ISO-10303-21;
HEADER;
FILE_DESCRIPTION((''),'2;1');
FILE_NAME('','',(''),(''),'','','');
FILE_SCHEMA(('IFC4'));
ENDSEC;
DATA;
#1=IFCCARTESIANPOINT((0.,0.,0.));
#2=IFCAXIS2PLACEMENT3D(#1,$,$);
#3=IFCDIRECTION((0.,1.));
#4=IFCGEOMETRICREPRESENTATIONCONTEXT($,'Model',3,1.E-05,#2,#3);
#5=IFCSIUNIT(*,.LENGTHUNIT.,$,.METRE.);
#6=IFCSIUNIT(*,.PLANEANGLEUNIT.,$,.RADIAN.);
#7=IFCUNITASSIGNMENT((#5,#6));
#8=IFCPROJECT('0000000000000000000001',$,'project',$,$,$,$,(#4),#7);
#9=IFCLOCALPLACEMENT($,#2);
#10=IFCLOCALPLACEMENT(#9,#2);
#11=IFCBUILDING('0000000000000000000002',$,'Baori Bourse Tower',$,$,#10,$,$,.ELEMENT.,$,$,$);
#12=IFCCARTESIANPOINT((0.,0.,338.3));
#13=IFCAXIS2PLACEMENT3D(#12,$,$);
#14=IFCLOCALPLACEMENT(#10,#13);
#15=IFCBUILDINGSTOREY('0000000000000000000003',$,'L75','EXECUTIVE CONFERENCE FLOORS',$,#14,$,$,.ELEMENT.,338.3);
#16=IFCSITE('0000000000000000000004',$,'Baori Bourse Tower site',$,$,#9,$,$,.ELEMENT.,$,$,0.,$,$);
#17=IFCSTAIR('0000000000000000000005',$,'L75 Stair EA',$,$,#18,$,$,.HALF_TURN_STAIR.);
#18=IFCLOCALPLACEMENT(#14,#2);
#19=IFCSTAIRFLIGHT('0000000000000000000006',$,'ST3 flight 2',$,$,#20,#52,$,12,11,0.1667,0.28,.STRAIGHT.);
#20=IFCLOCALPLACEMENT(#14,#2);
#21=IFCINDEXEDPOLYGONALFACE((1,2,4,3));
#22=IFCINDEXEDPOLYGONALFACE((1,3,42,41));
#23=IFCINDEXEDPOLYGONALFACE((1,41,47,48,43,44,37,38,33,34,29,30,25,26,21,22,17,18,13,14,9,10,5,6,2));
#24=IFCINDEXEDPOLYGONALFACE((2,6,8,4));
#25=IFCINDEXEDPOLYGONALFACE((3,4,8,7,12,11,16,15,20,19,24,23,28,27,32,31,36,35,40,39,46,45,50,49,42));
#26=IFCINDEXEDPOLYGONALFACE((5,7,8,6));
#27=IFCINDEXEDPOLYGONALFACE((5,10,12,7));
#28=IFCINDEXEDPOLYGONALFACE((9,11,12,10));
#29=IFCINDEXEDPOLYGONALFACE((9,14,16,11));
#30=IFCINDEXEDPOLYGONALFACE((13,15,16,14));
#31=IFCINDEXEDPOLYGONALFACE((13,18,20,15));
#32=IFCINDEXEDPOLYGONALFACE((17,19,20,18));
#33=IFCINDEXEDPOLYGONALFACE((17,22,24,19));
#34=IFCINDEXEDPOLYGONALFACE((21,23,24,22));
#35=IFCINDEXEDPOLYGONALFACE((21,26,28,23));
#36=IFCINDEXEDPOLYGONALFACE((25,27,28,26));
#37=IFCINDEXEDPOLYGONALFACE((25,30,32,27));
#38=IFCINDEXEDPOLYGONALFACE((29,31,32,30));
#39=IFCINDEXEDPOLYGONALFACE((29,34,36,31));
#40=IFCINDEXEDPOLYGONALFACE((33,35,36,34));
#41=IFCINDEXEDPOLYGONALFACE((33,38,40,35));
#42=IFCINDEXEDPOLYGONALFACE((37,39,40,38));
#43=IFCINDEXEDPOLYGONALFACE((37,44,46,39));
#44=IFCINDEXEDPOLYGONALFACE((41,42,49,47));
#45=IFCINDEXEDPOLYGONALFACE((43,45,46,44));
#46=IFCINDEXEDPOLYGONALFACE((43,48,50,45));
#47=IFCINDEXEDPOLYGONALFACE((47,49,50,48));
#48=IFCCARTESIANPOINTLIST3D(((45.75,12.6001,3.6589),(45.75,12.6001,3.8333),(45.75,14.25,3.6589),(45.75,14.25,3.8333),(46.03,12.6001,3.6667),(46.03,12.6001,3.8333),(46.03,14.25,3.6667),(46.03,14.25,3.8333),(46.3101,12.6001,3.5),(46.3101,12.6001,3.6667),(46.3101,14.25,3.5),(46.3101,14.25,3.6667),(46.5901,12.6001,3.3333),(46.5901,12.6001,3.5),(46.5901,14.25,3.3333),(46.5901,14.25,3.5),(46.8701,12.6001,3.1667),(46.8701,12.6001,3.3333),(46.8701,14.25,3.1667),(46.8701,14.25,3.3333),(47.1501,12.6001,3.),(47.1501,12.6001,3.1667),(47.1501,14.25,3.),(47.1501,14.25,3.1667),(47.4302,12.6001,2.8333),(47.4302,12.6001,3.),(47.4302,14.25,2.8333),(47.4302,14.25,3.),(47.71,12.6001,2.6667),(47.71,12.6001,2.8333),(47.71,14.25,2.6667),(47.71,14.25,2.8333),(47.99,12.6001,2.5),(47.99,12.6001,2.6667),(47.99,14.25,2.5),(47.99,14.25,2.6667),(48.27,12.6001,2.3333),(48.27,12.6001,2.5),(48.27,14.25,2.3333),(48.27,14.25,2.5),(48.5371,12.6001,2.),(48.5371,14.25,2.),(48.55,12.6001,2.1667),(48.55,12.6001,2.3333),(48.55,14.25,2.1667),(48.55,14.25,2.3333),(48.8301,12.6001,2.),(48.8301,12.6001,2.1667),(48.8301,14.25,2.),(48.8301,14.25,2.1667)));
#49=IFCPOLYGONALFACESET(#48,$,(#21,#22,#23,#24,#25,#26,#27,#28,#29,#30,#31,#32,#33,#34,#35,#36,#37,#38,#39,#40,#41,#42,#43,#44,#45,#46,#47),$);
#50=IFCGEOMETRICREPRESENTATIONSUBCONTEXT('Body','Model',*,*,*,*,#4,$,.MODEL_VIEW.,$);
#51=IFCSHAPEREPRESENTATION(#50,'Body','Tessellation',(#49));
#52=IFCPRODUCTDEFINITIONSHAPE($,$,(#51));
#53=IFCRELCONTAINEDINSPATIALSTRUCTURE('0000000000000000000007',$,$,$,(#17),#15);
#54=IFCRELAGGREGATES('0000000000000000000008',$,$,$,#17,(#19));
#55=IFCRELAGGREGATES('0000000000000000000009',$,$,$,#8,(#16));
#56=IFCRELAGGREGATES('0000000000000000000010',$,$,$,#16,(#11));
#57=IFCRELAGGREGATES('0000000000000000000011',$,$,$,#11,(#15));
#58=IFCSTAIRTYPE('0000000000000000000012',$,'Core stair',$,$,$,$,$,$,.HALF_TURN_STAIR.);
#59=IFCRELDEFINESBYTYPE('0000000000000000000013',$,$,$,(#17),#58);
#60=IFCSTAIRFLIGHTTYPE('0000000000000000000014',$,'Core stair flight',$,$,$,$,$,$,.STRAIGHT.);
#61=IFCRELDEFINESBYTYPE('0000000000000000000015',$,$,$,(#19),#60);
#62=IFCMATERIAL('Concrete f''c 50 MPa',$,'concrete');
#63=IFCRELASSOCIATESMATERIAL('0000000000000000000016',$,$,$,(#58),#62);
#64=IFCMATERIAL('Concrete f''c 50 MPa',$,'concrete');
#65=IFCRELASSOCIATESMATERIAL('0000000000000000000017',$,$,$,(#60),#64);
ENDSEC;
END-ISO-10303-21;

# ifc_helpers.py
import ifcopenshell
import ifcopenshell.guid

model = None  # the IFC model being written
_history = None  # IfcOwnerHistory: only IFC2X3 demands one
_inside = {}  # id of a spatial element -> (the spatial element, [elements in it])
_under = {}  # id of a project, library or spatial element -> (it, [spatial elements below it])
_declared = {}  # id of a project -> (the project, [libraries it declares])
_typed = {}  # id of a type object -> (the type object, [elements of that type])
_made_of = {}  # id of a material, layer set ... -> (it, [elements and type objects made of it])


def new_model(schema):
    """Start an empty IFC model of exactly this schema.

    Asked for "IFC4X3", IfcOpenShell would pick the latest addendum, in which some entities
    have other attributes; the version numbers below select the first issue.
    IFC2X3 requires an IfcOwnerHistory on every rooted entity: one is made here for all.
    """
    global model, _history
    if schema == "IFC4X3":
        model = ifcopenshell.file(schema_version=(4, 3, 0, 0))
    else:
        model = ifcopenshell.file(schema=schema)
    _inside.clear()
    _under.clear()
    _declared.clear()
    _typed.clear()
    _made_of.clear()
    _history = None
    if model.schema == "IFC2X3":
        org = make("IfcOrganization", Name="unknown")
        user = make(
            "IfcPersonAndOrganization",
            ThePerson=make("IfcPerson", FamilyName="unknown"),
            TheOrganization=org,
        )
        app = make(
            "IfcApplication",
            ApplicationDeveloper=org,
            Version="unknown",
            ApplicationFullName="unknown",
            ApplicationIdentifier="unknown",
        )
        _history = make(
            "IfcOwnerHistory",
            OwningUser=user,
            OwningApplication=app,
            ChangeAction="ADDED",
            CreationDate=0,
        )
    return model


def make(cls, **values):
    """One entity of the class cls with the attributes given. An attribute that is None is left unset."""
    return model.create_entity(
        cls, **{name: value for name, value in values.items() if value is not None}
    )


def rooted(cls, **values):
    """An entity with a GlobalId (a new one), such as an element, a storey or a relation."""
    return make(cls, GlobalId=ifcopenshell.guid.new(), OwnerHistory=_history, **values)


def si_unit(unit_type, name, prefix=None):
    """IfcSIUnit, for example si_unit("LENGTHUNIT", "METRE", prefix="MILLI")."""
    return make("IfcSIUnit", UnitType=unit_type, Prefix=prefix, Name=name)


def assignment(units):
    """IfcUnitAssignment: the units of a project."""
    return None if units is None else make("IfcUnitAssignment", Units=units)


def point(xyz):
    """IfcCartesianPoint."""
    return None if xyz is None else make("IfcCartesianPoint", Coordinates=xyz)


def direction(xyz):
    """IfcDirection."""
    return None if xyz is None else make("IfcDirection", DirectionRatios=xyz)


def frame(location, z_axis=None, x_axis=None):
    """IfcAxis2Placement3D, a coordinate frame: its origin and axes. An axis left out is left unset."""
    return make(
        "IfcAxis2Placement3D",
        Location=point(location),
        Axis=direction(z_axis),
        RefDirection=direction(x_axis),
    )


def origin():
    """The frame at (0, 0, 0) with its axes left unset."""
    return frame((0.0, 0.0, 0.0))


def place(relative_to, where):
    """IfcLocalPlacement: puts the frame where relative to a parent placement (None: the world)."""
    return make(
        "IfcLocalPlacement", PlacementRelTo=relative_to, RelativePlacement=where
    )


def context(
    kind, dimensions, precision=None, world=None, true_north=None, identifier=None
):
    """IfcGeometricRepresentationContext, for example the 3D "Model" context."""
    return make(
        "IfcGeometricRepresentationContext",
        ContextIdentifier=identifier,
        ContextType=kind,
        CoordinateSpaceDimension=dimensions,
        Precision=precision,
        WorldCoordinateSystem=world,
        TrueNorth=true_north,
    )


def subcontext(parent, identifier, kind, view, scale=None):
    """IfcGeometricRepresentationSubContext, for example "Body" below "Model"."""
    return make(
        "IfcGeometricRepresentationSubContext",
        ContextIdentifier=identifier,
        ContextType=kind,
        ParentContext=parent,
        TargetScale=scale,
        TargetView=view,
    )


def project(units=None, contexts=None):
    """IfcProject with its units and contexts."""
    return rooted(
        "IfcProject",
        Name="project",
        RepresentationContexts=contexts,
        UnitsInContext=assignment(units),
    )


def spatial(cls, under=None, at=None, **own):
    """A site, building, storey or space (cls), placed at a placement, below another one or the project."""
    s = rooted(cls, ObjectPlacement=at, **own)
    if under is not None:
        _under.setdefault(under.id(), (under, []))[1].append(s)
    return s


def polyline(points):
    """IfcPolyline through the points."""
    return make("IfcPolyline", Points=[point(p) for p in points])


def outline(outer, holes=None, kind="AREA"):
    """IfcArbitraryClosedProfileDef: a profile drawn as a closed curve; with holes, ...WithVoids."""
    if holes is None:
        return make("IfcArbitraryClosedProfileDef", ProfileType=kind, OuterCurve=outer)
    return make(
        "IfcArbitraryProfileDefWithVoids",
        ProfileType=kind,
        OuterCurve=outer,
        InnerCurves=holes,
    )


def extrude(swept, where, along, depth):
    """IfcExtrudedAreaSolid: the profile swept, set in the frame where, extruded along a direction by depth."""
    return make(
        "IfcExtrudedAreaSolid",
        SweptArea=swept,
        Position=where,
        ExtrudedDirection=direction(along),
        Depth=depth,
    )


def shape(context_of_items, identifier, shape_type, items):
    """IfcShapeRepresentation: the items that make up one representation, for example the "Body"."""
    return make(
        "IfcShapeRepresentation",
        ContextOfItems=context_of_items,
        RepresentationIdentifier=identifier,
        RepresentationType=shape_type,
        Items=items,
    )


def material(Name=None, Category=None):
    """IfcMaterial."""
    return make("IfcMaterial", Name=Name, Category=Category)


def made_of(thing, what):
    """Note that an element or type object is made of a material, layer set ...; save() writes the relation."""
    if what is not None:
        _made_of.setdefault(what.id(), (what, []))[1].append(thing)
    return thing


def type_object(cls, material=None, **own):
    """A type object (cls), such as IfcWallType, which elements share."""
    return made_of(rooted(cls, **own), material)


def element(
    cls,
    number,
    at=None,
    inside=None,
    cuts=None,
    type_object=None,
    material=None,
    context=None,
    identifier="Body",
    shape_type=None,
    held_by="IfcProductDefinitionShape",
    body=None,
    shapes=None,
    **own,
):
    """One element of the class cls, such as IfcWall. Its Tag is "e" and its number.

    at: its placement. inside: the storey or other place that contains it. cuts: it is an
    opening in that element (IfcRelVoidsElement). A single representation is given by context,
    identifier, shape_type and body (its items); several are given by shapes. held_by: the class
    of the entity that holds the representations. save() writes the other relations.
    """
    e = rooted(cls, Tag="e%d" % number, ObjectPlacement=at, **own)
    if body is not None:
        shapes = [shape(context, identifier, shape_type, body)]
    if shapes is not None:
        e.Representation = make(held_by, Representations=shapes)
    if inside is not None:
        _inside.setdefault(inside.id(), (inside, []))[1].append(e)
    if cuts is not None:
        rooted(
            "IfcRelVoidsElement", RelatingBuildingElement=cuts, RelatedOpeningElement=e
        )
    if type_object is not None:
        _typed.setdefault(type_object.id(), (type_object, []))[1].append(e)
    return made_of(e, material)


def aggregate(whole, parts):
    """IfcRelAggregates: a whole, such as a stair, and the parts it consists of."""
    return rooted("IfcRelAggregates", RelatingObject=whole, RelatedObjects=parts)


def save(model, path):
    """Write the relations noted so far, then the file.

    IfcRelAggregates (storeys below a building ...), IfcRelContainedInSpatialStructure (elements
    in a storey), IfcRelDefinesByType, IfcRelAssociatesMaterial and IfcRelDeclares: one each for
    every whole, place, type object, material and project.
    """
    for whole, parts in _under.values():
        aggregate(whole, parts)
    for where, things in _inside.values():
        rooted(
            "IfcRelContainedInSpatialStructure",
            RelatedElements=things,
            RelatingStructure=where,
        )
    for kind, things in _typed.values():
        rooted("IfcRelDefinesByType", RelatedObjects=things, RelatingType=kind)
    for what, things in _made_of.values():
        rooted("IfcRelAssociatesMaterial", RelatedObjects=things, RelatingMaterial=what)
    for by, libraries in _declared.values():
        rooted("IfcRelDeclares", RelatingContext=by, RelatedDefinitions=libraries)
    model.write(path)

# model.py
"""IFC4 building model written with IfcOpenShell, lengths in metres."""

from ifc_helpers import new_model, si_unit, direction, frame, origin, place, context, subcontext, project, spatial, polyline, outline, extrude, material, type_object, element, aggregate, save


model = new_model("IFC4")

# Units and contexts
model_context = context("Model", 3, precision=1e-05, world=origin(), true_north=direction((0.0, 1.0)))
body_context = subcontext(model_context, "Body", "Model", "MODEL_VIEW")
ifc_project = project(units=[si_unit("LENGTHUNIT", "METRE"), si_unit("PLANEANGLEUNIT", "RADIAN")], contexts=[model_context])

# Site, building, storey
site_placement = place(None, origin())
site = spatial("IfcSite", under=ifc_project, at=site_placement, Name="Baori Bourse Tower site", CompositionType="ELEMENT", RefElevation=0.0)
building_placement = place(site_placement, origin())
building = spatial("IfcBuilding", under=site, at=building_placement, Name="Baori Bourse Tower", CompositionType="ELEMENT")
storey_placement = place(building_placement, frame((0.0, 0.0, 338.3)))
storey = spatial("IfcBuildingStorey", under=building, at=storey_placement, Name="L75", Description="EXECUTIVE CONFERENCE FLOORS", CompositionType="ELEMENT", Elevation=338.3)

# Stair, stair flight
ifc_material_1 = material(Name="Concrete f'c 50 MPa", Category="concrete")
stair_type = type_object("IfcStairType", Name="Core stair", PredefinedType="HALF_TURN_STAIR", material=ifc_material_1)
stair_placement = place(storey_placement, origin())
stair = element("IfcStair", 1, at=stair_placement, inside=storey, type_object=stair_type, Name="L75 Stair EA", PredefinedType="HALF_TURN_STAIR")
ifc_material_2 = material(Name="Concrete f'c 50 MPa", Category="concrete")
stair_flight_type = type_object("IfcStairFlightType", Name="Core stair flight", PredefinedType="STRAIGHT", material=ifc_material_2)
stair_flight_1_placement = place(storey_placement, frame((48.8301, 13.425, 2.0), z_axis=(0.0, 0.0, 1.0), x_axis=(-1.0, 0.0, 0.0)))
stair_flight_1 = element("IfcStairFlight", 2, at=stair_flight_1_placement, type_object=stair_flight_type, Name="ST3 flight 2", NumberOfRisers=12, NumberOfTreads=11, PredefinedType="STRAIGHT", RiserHeight=0.1667, TreadLength=0.28, context=body_context, shape_type="SweptSolid", body=[
    extrude(outline(polyline([(0.0, 0.0), (0.0, 0.1667), (0.28, 0.1667), (0.28, 0.3333), (0.5601, 0.3333), (0.5601, 0.5), (0.8401, 0.5), (0.8401, 0.6667), (1.1201, 0.6667), (1.1201, 0.8333), (1.3999, 0.8333), (1.3999, 1.0), (1.6799, 1.0), (1.6799, 1.1667), (1.96, 1.1667), (1.96, 1.3333), (2.24, 1.3333), (2.24, 1.5), (2.52, 1.5), (2.52, 1.6667), (2.8, 1.6667), (2.8, 1.8333), (3.0801, 1.8333), (3.0801, 2.0), (3.0801, 1.6589), (0.293, 0.0), (0.0, 0.0)])), frame((0.0, 0.825, 0.0), z_axis=(0.0, -1.0, 0.0), x_axis=(1.0, 0.0, 0.0)), (0.0, 0.0, 1.0), 1.6499),
])
aggregate(stair, [stair_flight_1])

save(model, "model.ifc")
